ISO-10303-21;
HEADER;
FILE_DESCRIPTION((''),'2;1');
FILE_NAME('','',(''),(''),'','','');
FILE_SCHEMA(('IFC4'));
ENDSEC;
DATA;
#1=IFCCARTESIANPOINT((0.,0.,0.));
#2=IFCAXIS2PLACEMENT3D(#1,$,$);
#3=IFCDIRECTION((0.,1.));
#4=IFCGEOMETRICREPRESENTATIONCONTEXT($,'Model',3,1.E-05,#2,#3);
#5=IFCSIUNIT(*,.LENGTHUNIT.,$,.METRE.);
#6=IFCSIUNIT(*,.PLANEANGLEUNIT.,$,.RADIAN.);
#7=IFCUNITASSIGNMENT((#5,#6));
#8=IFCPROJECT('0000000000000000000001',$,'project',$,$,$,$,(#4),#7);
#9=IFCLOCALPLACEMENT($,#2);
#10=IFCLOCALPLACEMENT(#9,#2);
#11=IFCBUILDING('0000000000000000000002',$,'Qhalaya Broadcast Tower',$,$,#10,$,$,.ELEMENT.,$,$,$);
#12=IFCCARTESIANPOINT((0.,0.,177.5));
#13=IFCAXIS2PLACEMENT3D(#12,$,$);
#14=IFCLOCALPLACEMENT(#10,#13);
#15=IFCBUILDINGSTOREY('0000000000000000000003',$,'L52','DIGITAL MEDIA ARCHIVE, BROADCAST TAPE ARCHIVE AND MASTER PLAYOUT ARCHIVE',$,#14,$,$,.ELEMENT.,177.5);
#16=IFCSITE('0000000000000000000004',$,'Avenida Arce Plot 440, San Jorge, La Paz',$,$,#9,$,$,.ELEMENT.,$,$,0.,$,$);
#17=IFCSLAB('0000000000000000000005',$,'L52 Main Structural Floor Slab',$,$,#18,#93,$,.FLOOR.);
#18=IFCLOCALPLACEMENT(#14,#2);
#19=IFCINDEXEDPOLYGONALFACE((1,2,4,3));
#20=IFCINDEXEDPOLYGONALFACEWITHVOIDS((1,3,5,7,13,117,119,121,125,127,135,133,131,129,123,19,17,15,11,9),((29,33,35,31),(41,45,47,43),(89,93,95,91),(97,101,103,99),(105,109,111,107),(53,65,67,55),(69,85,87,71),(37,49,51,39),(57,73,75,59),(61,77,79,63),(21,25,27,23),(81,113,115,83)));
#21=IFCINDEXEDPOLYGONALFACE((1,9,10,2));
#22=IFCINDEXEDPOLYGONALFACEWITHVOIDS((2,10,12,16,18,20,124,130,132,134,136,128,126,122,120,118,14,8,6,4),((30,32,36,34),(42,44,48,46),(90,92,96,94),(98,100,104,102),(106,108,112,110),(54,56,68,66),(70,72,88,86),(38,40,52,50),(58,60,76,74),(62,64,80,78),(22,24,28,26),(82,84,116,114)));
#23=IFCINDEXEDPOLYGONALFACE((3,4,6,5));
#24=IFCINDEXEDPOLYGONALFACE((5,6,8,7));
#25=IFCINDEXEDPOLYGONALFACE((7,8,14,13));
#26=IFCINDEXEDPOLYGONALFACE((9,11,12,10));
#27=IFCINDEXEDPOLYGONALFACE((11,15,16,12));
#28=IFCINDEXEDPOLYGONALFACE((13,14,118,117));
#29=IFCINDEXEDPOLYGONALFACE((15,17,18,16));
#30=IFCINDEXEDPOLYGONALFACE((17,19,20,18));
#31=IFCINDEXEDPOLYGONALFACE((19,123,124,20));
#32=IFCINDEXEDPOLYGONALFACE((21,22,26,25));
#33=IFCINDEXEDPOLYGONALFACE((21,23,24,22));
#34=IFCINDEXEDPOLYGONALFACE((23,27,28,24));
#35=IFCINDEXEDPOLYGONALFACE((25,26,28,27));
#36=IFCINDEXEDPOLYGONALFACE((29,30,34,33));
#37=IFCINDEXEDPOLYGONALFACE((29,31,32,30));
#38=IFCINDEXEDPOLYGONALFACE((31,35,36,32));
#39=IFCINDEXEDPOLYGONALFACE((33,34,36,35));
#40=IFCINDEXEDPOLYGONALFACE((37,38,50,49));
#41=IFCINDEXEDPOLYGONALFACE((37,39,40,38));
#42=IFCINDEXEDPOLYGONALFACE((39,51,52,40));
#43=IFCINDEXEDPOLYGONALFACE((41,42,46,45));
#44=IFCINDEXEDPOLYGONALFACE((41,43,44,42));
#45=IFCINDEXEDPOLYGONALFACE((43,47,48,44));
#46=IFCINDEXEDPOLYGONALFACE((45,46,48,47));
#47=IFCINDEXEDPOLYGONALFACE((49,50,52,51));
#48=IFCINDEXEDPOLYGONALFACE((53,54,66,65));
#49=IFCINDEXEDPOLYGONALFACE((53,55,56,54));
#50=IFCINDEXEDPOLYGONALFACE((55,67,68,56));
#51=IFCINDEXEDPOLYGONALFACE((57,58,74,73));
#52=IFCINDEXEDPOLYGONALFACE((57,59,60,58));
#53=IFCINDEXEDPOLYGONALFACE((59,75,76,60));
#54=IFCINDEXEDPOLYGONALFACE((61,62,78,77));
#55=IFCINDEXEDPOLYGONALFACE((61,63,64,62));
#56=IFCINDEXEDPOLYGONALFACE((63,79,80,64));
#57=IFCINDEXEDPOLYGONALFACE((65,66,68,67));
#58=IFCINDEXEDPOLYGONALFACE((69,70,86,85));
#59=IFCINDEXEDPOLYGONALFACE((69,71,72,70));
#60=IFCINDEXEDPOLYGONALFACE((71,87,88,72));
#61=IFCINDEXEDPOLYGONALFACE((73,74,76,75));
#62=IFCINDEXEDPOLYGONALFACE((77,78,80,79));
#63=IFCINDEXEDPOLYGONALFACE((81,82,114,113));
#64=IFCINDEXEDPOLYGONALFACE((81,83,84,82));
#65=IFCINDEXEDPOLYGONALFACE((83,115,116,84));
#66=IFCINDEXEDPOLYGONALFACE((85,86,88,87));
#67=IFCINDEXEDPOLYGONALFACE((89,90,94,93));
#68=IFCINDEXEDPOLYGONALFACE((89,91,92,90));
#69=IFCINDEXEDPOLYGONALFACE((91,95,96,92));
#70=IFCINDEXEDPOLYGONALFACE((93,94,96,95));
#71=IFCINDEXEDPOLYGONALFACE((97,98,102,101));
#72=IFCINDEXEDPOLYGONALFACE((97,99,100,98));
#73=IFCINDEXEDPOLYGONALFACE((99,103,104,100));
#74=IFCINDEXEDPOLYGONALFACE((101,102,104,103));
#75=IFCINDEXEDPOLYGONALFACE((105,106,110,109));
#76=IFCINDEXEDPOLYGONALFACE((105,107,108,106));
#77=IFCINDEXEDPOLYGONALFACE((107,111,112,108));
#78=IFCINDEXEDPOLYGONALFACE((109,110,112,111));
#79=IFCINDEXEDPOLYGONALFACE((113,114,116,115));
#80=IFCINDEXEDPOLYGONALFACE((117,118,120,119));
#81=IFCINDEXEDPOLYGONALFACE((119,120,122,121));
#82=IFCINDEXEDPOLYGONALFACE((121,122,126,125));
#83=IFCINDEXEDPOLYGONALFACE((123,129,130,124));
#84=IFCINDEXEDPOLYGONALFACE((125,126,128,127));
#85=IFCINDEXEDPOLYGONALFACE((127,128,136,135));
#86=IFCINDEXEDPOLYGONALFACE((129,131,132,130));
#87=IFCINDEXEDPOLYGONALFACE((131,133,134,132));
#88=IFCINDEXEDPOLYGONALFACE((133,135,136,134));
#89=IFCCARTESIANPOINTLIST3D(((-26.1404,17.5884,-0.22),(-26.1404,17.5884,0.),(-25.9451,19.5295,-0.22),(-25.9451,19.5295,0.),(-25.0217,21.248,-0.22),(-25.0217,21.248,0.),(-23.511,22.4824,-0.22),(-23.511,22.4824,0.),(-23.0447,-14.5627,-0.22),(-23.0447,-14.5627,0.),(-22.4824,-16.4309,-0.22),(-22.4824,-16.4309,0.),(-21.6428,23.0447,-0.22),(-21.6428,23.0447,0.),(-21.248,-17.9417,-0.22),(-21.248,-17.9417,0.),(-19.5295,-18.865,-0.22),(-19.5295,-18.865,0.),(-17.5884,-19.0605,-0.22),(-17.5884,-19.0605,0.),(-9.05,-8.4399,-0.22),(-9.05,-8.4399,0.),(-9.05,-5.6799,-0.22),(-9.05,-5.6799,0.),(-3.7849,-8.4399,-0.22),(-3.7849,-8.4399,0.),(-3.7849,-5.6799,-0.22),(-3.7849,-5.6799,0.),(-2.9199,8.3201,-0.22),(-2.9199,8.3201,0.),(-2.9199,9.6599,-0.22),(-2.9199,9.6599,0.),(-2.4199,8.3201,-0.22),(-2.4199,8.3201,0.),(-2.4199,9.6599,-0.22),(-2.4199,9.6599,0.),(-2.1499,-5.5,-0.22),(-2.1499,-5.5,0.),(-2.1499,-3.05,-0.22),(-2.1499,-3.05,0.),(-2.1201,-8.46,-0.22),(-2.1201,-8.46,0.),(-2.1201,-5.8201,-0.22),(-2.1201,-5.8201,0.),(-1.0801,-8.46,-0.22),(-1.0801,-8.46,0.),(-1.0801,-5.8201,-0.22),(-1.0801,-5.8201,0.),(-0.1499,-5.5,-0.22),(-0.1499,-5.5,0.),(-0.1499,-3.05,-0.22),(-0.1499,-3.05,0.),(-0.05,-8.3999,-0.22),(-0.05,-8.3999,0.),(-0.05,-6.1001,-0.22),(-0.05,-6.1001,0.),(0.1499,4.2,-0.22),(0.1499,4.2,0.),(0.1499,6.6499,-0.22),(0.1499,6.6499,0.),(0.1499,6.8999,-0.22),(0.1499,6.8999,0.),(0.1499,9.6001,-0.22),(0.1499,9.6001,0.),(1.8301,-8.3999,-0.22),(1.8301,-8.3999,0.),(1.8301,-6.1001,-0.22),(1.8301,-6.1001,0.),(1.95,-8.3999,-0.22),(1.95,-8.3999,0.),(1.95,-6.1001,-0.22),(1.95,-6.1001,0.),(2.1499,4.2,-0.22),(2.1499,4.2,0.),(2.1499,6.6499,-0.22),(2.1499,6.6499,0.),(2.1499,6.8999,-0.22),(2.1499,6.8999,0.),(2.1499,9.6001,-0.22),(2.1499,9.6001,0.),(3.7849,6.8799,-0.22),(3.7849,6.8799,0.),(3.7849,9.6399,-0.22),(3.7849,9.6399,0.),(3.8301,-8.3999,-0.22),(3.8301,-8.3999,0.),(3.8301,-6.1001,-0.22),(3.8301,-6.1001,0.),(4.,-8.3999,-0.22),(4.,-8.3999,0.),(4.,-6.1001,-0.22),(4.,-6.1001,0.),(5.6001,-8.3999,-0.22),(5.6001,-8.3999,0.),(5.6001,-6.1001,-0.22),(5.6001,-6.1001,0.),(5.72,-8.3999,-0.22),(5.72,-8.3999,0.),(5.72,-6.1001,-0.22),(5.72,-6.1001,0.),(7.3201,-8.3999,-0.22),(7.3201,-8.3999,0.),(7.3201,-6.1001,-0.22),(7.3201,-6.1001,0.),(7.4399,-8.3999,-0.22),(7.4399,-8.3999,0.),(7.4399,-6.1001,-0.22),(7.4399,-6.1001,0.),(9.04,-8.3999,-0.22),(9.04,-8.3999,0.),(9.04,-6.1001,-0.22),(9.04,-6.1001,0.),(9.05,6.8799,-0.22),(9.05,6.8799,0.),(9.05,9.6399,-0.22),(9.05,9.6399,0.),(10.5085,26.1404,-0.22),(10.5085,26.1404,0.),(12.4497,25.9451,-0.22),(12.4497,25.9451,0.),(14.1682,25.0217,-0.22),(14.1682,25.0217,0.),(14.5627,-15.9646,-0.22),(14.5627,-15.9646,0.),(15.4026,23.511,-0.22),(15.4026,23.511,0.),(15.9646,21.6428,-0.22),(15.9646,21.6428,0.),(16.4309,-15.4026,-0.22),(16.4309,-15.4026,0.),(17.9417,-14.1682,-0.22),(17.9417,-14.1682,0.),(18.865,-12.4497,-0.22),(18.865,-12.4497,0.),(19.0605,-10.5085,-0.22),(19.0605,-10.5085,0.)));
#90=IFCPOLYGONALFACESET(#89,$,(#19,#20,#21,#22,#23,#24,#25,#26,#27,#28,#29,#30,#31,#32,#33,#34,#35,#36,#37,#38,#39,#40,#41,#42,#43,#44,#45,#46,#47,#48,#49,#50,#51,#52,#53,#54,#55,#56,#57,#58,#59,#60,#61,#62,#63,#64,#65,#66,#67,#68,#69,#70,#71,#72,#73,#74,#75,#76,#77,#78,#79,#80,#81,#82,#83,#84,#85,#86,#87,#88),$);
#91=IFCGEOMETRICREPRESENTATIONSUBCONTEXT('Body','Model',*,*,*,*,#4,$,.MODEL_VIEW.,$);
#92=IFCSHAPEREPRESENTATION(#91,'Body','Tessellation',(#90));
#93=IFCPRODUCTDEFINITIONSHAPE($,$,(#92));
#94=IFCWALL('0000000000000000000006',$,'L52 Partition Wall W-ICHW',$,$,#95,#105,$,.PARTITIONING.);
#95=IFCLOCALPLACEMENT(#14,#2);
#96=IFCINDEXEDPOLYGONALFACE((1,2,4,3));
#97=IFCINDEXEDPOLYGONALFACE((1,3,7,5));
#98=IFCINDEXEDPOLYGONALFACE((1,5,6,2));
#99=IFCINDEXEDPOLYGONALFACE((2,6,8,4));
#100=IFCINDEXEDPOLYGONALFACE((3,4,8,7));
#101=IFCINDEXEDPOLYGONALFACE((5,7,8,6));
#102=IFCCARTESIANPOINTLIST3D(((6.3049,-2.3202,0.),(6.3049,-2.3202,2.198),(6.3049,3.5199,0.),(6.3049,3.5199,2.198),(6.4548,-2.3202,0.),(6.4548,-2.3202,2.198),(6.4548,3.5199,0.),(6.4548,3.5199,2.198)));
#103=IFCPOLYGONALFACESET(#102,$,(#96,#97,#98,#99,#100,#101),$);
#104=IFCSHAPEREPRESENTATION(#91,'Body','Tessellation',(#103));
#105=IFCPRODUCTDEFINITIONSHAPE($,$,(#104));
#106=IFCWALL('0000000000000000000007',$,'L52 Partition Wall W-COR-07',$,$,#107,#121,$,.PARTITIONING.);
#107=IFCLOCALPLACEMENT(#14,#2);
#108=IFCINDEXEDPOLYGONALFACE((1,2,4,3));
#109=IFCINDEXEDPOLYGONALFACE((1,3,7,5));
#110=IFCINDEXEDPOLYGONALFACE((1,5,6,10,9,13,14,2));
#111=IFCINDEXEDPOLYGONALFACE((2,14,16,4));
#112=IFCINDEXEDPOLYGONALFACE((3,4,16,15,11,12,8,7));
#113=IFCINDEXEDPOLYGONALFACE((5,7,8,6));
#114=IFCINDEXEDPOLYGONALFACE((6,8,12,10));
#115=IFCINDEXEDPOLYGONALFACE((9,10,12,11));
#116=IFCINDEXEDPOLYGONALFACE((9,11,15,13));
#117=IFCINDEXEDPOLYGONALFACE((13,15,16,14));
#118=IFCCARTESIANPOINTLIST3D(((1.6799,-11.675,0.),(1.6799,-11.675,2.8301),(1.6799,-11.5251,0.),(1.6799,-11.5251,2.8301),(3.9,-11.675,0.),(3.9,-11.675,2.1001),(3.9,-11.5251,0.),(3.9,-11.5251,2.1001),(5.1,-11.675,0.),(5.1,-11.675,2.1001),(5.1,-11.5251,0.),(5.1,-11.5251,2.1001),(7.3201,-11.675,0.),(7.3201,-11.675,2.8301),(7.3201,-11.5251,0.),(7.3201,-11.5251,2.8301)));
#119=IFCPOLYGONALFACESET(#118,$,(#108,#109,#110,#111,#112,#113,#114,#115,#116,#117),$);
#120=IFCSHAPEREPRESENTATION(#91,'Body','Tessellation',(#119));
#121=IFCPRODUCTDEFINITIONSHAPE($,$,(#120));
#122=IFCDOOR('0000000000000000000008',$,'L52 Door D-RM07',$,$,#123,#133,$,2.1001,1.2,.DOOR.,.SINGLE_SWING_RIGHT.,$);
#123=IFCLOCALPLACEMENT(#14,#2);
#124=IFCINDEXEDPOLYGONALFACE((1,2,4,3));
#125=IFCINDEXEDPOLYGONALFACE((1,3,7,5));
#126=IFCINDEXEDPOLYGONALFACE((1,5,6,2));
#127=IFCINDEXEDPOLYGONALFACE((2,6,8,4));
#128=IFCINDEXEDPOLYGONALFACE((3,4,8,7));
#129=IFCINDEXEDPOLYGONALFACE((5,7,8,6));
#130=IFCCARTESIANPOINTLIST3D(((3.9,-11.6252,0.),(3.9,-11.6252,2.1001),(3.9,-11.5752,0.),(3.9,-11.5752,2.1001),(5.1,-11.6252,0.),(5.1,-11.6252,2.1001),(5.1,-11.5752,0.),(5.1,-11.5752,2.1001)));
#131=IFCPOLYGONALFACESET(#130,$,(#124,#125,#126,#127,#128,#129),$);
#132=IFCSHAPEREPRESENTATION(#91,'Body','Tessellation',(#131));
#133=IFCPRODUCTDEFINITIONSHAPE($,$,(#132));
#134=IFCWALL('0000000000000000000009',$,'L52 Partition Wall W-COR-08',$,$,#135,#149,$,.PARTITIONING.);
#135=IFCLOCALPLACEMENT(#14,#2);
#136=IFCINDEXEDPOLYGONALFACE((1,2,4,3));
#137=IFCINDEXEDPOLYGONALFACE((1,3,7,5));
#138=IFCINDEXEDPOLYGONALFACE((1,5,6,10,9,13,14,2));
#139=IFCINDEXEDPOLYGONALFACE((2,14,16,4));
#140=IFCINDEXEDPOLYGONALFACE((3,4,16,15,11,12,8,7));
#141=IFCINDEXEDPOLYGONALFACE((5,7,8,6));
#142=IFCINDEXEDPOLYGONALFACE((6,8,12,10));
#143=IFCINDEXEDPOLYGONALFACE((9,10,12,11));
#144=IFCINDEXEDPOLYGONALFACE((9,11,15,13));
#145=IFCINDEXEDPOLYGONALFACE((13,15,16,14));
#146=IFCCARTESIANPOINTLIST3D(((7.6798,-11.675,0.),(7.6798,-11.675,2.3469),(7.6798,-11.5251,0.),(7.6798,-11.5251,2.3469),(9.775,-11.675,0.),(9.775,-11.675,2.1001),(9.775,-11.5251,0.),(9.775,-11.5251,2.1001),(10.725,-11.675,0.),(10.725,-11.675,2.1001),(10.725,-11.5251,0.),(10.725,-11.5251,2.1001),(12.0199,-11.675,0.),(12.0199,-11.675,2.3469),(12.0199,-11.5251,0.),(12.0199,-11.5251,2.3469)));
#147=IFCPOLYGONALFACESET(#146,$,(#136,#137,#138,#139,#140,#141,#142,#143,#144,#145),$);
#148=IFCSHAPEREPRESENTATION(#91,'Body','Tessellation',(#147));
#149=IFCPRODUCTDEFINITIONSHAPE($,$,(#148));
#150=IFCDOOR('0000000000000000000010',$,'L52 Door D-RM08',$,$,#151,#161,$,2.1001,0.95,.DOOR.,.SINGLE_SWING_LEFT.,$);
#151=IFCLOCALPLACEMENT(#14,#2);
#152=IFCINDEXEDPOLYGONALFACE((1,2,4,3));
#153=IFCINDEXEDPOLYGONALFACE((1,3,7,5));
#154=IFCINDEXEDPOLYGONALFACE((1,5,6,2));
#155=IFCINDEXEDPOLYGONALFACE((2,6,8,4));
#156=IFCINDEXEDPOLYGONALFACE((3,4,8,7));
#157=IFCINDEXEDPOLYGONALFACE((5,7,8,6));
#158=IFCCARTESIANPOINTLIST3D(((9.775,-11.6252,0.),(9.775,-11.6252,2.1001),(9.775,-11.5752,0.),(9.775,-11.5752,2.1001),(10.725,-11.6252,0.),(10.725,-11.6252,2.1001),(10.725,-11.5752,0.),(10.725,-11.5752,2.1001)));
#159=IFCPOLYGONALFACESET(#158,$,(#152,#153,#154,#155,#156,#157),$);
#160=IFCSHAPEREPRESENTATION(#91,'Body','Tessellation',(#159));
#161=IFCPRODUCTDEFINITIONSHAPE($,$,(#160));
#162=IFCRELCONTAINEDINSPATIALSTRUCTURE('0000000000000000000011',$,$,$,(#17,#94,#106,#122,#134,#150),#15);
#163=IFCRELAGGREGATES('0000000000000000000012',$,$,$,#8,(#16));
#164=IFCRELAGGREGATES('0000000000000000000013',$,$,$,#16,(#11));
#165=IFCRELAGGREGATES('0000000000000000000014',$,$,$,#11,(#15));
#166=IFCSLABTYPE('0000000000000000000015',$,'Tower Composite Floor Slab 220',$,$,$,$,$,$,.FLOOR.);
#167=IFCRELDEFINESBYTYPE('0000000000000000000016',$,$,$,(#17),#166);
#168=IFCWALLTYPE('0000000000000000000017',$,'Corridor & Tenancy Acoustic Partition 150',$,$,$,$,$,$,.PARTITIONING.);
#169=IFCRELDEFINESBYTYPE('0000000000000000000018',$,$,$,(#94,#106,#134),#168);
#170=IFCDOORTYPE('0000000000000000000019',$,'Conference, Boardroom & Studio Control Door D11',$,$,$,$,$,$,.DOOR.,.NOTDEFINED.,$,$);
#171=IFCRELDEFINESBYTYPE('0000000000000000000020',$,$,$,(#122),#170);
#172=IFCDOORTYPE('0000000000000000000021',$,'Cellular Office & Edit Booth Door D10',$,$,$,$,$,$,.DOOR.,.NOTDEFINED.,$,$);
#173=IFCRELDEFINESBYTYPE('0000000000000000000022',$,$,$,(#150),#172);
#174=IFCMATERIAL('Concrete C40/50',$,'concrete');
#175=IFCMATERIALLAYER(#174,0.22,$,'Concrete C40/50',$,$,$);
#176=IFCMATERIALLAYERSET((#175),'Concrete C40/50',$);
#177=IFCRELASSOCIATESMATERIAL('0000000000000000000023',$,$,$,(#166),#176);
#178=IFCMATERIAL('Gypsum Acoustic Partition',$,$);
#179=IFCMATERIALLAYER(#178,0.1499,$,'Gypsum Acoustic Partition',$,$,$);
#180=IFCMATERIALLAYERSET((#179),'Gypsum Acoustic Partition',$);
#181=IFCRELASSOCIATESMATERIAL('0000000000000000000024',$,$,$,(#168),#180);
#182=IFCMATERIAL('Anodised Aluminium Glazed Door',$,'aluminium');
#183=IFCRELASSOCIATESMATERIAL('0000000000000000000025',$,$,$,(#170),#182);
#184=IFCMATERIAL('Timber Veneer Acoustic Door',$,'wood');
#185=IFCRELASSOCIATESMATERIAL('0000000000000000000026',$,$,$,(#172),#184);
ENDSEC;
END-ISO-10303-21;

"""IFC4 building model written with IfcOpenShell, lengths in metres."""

from ifc_helpers import new_model, si_unit, direction, frame, frame_2d, origin, place, context, subcontext, project, spatial, polyline, rectangle, outline, extrude, material, layer, layer_set, type_object, element, fill, save


model = new_model("IFC4")

# Units and contexts
model_context = context("Model", 3, precision=1e-05, world=origin(), true_north=direction((0.0, 1.0)))
body_context = subcontext(model_context, "Body", "Model", "MODEL_VIEW")
ifc_project = project(units=[si_unit("LENGTHUNIT", "METRE"), si_unit("PLANEANGLEUNIT", "RADIAN")], contexts=[model_context])

# Site, building, storey
site_placement = place(None, origin())
site = spatial("IfcSite", under=ifc_project, at=site_placement, Name="Avenida Arce Plot 440, San Jorge, La Paz", CompositionType="ELEMENT", RefElevation=0.0)
building_placement = place(site_placement, origin())
building = spatial("IfcBuilding", under=site, at=building_placement, Name="Qhalaya Broadcast Tower", CompositionType="ELEMENT")
storey_placement = place(building_placement, frame((0.0, 0.0, 177.5)))
storey = spatial("IfcBuildingStorey", under=building, at=storey_placement, Name="L52", Description="DIGITAL MEDIA ARCHIVE, BROADCAST TAPE ARCHIVE AND MASTER PLAYOUT ARCHIVE", CompositionType="ELEMENT", Elevation=177.5)

# Shared definitions
ifc_material_1 = material(Name="Concrete C40/50", Category="concrete")

# Slab
ifc_layer_1 = layer(ifc_material_1, 0.22, Name="Concrete C40/50")
ifc_layer_set_1 = layer_set([ifc_layer_1], Name="Concrete C40/50")
slab_type_1 = type_object("IfcSlabType", Name="Tower Composite Floor Slab 220", PredefinedType="FLOOR", material=ifc_layer_set_1)
slab_1_placement = place(storey_placement, frame((0.0, 0.0, -0.22)))
element("IfcSlab", 1, at=slab_1_placement, inside=storey, type_object=slab_type_1, Name="L52 Main Structural Floor Slab", PredefinedType="FLOOR", context=body_context, shape_type="SweptSolid", body=[
    extrude(outline(polyline([(14.5627, -15.9646), (16.4309, -15.4026), (17.9417, -14.1682), (18.865, -12.4497), (19.0605, -10.5085), (15.9646, 21.6428), (15.4026, 23.511), (14.1682, 25.0217), (12.4497, 25.9451), (10.5085, 26.1404), (-21.6428, 23.0447), (-23.511, 22.4824), (-25.0217, 21.248), (-25.9451, 19.5295), (-26.1404, 17.5884), (-23.0447, -14.5627), (-22.4824, -16.4309), (-21.248, -17.9417), (-19.5295, -18.865), (-17.5884, -19.0605), (14.5627, -15.9646)]), holes=[polyline([(3.7849, 9.6399), (9.05, 9.6399), (9.05, 6.8799), (3.7849, 6.8799), (3.7849, 9.6399)]), polyline([(-3.7849, -8.4399), (-9.05, -8.4399), (-9.05, -5.6799), (-3.7849, -5.6799), (-3.7849, -8.4399)]), polyline([(0.1499, 6.6499), (2.1499, 6.6499), (2.1499, 4.2), (0.1499, 4.2), (0.1499, 6.6499)]), polyline([(0.1499, 9.6001), (2.1499, 9.6001), (2.1499, 6.8999), (0.1499, 6.8999), (0.1499, 9.6001)]), polyline([(-2.1499, -3.05), (-0.1499, -3.05), (-0.1499, -5.5), (-2.1499, -5.5), (-2.1499, -3.05)]), polyline([(-0.05, -6.1001), (1.8301, -6.1001), (1.8301, -8.3999), (-0.05, -8.3999), (-0.05, -6.1001)]), polyline([(1.95, -6.1001), (3.8301, -6.1001), (3.8301, -8.3999), (1.95, -8.3999), (1.95, -6.1001)]), polyline([(4.0, -6.1001), (5.6001, -6.1001), (5.6001, -8.3999), (4.0, -8.3999), (4.0, -6.1001)]), polyline([(5.72, -6.1001), (7.3201, -6.1001), (7.3201, -8.3999), (5.72, -8.3999), (5.72, -6.1001)]), polyline([(7.4399, -6.1001), (9.04, -6.1001), (9.04, -8.3999), (7.4399, -8.3999), (7.4399, -6.1001)]), polyline([(-2.9199, 9.6599), (-2.4199, 9.6599), (-2.4199, 8.3201), (-2.9199, 8.3201), (-2.9199, 9.6599)]), polyline([(-2.1201, -5.8201), (-1.0801, -5.8201), (-1.0801, -8.46), (-2.1201, -8.46), (-2.1201, -5.8201)])]), origin(), (0.0, 0.0, 1.0), 0.22),
])

# Wall
ifc_material_2 = material(Name="Gypsum Acoustic Partition")
ifc_layer_2 = layer(ifc_material_2, 0.1499, Name="Gypsum Acoustic Partition")
ifc_layer_set_2 = layer_set([ifc_layer_2], Name="Gypsum Acoustic Partition")
wall_type_1 = type_object("IfcWallType", Name="Corridor & Tenancy Acoustic Partition 150", PredefinedType="PARTITIONING", material=ifc_layer_set_2)
wall_1_placement = place(storey_placement, frame((6.3799, -2.3201, 0.0), z_axis=(0.0, 0.0, 1.0), x_axis=(0.0, 1.0, 0.0)))
element("IfcWall", 2, at=wall_1_placement, inside=storey, type_object=wall_type_1, Name="L52 Partition Wall W-ICHW", PredefinedType="PARTITIONING", context=body_context, shape_type="SweptSolid", body=[
    extrude(rectangle(XDim=5.8401, YDim=0.1499, at=frame_2d((2.9199, 0.0))), origin(), (0.0, 0.0, 1.0), 2.198),
])

# Walls, openings, doors
wall_2_placement = place(storey_placement, frame((1.6799, -11.6001, 0.0), z_axis=(0.0, 0.0, 1.0), x_axis=(1.0, 0.0, 0.0)))
wall_2 = element("IfcWall", 3, at=wall_2_placement, inside=storey, type_object=wall_type_1, Name="L52 Partition Wall W-COR-07", PredefinedType="PARTITIONING", context=body_context, shape_type="SweptSolid", body=[
    extrude(rectangle(XDim=5.6401, YDim=0.1499, at=frame_2d((2.8201, 0.0))), origin(), (0.0, 0.0, 1.0), 2.8301),
])
opening_1_placement = place(wall_2_placement, frame((2.22, 0.0, 0.0)))
opening_1 = element("IfcOpeningElement", 4, at=opening_1_placement, cuts=wall_2, PredefinedType="OPENING", context=body_context, shape_type="SweptSolid", body=[
    extrude(rectangle(XDim=1.2, YDim=2.1001, at=frame_2d((0.6001, 1.05))), frame((0.0, 0.0869, 0.0), z_axis=(0.0, -1.0, 0.0), x_axis=(1.0, 0.0, 0.0)), (0.0, 0.0, 1.0), 0.1738),
])
ifc_material_3 = material(Name="Anodised Aluminium Glazed Door", Category="aluminium")
door_type_1 = type_object("IfcDoorType", Name="Conference, Boardroom & Studio Control Door D11", OperationType="NOTDEFINED", PredefinedType="DOOR", material=ifc_material_3)
door_1_placement = place(opening_1_placement, origin())
door_1 = element("IfcDoor", 5, at=door_1_placement, inside=storey, type_object=door_type_1, Name="L52 Door D-RM07", OperationType="SINGLE_SWING_RIGHT", OverallHeight=2.1001, OverallWidth=1.2, PredefinedType="DOOR", context=body_context, shape_type="SweptSolid", body=[
    extrude(rectangle(XDim=1.2, YDim=2.1001, at=frame_2d((0.6001, 1.05))), frame((0.0, 0.0249, 0.0), z_axis=(0.0, -1.0, 0.0), x_axis=(1.0, 0.0, 0.0)), (0.0, 0.0, 1.0), 0.05),
])
fill(opening_1, door_1)
wall_3_placement = place(storey_placement, frame((7.6799, -11.6001, 0.0), z_axis=(0.0, 0.0, 1.0), x_axis=(1.0, 0.0, 0.0)))
wall_3 = element("IfcWall", 6, at=wall_3_placement, inside=storey, type_object=wall_type_1, Name="L52 Partition Wall W-COR-08", PredefinedType="PARTITIONING", context=body_context, shape_type="SweptSolid", body=[
    extrude(rectangle(XDim=4.3401, YDim=0.1499, at=frame_2d((2.1699, 0.0))), origin(), (0.0, 0.0, 1.0), 2.3469),
])
opening_2_placement = place(wall_3_placement, frame((2.095, 0.0, 0.0)))
opening_2 = element("IfcOpeningElement", 7, at=opening_2_placement, cuts=wall_3, PredefinedType="OPENING", context=body_context, shape_type="SweptSolid", body=[
    extrude(rectangle(XDim=0.95, YDim=2.1001, at=frame_2d((0.4751, 1.05))), frame((0.0, 0.0869, 0.0), z_axis=(0.0, -1.0, 0.0), x_axis=(1.0, 0.0, 0.0)), (0.0, 0.0, 1.0), 0.1738),
])
ifc_material_4 = material(Name="Timber Veneer Acoustic Door", Category="wood")
door_type_2 = type_object("IfcDoorType", Name="Cellular Office & Edit Booth Door D10", OperationType="NOTDEFINED", PredefinedType="DOOR", material=ifc_material_4)
door_2_placement = place(opening_2_placement, origin())
door_2 = element("IfcDoor", 8, at=door_2_placement, inside=storey, type_object=door_type_2, Name="L52 Door D-RM08", OperationType="SINGLE_SWING_LEFT", OverallHeight=2.1001, OverallWidth=0.95, PredefinedType="DOOR", context=body_context, shape_type="SweptSolid", body=[
    extrude(rectangle(XDim=0.95, YDim=2.1001, at=frame_2d((0.4751, 1.05))), frame((0.0, 0.0249, 0.0), z_axis=(0.0, -1.0, 0.0), x_axis=(1.0, 0.0, 0.0)), (0.0, 0.0, 1.0), 0.05),
])
fill(opening_2, door_2)

save(model, "model.ifc")
